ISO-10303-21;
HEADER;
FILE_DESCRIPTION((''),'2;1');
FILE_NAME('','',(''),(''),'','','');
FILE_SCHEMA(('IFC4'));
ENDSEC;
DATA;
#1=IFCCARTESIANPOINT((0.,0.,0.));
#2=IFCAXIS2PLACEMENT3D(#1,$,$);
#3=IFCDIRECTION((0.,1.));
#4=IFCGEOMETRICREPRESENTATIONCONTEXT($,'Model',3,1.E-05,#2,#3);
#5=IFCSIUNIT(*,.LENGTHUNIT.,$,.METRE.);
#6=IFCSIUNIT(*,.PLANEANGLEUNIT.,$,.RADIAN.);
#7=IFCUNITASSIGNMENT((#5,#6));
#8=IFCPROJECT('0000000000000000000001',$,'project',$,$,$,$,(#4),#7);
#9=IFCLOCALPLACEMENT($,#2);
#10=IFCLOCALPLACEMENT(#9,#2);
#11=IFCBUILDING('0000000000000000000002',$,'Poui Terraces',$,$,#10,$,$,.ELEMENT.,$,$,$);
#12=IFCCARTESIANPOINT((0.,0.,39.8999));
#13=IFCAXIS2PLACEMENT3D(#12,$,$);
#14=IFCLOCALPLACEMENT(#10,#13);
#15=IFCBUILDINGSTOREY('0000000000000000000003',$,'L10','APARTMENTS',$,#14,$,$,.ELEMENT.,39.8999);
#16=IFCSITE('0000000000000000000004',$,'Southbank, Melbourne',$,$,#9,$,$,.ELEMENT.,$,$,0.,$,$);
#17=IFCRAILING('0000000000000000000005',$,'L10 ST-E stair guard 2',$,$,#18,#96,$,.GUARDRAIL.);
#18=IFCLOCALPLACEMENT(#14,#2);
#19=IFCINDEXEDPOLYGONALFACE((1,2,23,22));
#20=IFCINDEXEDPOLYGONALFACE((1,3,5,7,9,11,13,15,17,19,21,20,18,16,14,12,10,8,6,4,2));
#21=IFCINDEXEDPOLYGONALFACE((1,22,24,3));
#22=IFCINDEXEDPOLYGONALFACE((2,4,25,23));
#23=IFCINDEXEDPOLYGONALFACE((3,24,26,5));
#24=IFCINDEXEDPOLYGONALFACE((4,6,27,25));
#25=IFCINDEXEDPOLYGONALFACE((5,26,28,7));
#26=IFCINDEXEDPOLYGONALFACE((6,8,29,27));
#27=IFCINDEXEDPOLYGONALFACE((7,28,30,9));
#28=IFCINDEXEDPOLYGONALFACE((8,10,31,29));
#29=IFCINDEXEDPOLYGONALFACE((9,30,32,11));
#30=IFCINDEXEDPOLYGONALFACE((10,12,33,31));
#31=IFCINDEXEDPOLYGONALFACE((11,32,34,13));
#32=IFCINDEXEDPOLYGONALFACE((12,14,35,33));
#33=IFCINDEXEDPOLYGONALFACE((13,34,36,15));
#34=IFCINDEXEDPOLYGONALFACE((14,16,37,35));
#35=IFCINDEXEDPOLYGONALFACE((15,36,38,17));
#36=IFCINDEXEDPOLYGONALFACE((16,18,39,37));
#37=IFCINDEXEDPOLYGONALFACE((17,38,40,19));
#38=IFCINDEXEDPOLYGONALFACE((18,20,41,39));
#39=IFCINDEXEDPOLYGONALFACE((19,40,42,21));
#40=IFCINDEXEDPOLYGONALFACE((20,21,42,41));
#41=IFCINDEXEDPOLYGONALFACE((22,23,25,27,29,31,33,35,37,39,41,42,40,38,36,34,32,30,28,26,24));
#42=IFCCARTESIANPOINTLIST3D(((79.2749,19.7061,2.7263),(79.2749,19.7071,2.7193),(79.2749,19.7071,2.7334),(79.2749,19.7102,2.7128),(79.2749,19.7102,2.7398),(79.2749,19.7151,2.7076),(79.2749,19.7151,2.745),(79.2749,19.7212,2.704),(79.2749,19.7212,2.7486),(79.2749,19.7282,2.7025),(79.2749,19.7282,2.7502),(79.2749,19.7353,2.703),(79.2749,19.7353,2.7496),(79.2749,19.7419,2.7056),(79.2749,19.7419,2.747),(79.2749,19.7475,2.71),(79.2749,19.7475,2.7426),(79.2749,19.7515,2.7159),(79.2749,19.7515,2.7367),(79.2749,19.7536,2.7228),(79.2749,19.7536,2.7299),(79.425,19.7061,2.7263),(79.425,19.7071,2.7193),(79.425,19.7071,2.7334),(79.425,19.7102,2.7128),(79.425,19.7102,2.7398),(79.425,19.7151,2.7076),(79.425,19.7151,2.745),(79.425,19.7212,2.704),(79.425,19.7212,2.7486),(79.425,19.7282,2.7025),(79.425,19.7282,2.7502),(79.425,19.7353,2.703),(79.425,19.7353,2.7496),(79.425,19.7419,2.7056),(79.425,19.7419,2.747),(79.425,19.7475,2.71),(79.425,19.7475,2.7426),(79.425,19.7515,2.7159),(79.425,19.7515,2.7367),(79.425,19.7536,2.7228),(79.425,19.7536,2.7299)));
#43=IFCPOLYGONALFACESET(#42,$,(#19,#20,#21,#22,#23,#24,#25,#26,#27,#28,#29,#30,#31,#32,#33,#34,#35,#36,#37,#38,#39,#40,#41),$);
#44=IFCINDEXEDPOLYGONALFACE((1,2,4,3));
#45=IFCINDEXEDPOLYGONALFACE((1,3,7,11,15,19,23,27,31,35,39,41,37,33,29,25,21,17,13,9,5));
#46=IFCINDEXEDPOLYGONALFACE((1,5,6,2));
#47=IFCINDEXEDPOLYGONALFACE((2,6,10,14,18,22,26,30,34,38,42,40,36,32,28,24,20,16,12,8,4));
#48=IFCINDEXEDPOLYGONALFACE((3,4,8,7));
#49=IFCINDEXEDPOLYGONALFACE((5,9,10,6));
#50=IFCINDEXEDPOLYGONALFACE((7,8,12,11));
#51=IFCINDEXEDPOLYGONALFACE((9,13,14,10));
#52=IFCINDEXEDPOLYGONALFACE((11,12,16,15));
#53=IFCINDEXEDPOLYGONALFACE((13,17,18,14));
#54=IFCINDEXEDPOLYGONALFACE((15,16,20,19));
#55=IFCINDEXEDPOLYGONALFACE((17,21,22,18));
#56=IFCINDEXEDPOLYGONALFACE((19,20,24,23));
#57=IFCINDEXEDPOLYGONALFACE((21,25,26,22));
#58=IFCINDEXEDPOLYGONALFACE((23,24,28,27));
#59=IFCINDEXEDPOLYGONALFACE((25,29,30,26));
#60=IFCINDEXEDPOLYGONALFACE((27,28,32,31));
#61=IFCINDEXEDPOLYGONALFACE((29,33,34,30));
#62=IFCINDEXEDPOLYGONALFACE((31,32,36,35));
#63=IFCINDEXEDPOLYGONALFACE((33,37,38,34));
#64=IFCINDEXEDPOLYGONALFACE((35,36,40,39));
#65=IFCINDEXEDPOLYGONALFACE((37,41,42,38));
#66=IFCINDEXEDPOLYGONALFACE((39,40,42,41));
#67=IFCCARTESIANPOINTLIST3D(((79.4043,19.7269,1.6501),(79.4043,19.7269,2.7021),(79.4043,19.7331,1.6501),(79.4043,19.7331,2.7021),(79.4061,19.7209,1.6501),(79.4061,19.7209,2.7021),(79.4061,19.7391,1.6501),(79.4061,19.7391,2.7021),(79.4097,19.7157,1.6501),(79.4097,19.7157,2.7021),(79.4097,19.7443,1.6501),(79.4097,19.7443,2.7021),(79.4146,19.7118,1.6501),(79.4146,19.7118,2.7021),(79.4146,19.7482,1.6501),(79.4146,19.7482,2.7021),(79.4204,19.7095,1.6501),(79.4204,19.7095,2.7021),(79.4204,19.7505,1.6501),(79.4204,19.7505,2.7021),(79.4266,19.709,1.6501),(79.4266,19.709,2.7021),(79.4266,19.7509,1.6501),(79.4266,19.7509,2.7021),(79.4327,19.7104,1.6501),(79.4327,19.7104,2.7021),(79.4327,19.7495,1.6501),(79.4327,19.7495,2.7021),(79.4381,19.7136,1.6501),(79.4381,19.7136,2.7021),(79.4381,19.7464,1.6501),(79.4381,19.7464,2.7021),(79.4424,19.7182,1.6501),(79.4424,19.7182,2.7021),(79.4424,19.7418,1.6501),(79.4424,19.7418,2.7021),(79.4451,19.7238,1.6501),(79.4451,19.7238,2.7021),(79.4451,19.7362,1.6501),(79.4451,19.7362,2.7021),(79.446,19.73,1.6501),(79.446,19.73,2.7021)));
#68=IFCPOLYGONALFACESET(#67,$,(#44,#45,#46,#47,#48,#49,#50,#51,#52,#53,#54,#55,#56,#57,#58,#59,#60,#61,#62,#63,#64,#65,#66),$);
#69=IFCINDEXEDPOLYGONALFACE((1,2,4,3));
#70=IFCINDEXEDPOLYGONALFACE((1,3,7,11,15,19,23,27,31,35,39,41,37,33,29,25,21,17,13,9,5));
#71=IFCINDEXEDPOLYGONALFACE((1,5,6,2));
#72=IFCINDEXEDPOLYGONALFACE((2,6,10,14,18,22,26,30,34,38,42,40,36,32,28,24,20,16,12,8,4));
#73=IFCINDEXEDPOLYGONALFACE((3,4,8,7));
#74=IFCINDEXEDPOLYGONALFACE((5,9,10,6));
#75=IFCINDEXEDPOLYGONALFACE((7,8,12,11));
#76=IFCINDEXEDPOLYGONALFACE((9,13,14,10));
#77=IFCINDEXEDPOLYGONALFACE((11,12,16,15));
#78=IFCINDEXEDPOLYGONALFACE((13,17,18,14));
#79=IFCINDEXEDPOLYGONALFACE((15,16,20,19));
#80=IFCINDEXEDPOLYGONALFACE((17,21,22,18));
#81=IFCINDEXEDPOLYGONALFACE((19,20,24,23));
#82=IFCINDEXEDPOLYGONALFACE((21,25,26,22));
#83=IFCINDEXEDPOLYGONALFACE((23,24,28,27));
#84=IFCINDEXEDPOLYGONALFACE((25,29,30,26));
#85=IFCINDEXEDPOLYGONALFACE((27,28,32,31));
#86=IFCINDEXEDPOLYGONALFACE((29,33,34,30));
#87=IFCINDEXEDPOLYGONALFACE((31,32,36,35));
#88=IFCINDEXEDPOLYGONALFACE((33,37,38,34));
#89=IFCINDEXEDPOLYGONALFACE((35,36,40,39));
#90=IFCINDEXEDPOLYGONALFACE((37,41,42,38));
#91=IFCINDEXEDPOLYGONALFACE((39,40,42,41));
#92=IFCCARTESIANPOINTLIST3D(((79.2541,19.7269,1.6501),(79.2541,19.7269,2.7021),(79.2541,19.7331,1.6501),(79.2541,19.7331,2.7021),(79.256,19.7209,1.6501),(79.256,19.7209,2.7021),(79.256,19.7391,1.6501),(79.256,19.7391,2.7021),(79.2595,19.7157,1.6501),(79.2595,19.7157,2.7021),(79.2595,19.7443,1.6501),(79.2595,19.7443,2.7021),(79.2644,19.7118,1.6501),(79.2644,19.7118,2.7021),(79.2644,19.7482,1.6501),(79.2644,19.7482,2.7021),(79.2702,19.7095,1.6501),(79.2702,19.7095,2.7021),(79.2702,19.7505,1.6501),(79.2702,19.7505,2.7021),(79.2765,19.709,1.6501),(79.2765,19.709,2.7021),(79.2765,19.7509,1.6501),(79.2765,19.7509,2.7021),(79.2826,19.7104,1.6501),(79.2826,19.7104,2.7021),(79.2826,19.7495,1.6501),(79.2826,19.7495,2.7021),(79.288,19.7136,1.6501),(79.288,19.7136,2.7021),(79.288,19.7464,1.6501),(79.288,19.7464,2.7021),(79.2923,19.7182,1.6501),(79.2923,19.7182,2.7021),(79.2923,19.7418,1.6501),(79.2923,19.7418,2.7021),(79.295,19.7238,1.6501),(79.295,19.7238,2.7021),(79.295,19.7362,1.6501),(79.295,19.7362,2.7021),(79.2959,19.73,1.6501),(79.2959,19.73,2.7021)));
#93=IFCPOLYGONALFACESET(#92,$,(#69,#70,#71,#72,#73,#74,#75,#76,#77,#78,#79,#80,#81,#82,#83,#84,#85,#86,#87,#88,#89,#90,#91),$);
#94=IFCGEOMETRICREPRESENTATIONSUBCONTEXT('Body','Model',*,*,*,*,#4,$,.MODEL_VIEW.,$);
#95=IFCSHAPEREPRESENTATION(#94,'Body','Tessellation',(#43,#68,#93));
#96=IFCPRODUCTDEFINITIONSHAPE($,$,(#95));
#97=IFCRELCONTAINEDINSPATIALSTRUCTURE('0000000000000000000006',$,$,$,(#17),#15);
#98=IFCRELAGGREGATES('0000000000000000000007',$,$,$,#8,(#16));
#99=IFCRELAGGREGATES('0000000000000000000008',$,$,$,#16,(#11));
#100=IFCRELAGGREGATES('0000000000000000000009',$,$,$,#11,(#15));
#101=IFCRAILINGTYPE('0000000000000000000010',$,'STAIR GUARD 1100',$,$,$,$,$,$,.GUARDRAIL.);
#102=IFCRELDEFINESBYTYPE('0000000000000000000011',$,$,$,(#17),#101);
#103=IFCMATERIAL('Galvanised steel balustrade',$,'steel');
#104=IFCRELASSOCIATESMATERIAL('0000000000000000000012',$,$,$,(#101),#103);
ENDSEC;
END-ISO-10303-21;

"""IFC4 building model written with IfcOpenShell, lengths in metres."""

from ifc_helpers import new_model, si_unit, direction, frame, origin, origin_2d, place, context, subcontext, project, spatial, circle, extrude, material, type_object, element, save


model = new_model("IFC4")

# Units and contexts
model_context = context("Model", 3, precision=1e-05, world=origin(), true_north=direction((0.0, 1.0)))
body_context = subcontext(model_context, "Body", "Model", "MODEL_VIEW")
ifc_project = project(units=[si_unit("LENGTHUNIT", "METRE"), si_unit("PLANEANGLEUNIT", "RADIAN")], contexts=[model_context])

# Site, building, storey
site_placement = place(None, origin())
site = spatial("IfcSite", under=ifc_project, at=site_placement, Name="Southbank, Melbourne", CompositionType="ELEMENT", RefElevation=0.0)
building_placement = place(site_placement, origin())
building = spatial("IfcBuilding", under=site, at=building_placement, Name="Poui Terraces", CompositionType="ELEMENT")
storey_placement = place(building_placement, frame((0.0, 0.0, 39.8999)))
storey = spatial("IfcBuildingStorey", under=building, at=storey_placement, Name="L10", Description="APARTMENTS", CompositionType="ELEMENT", Elevation=39.8999)

# Railing
ifc_material_1 = material(Name="Galvanised steel balustrade", Category="steel")
railing_type_1 = type_object("IfcRailingType", Name="STAIR GUARD 1100", PredefinedType="GUARDRAIL", material=ifc_material_1)
railing_1_placement = place(storey_placement, frame((79.425, 19.73, 1.6501)))
element("IfcRailing", 1, at=railing_1_placement, inside=storey, type_object=railing_type_1, Name="L10 ST-E stair guard 2", PredefinedType="GUARDRAIL", context=body_context, shape_type="SweptSolid", body=[
    extrude(circle(Radius=0.0239, at=origin_2d()), frame((0.0, 0.0, 1.0762), z_axis=(-1.0, 0.0, 0.0), x_axis=(0.0, -1.0, 0.0)), (0.0, 0.0, 1.0), 0.1501),
    extrude(circle(Radius=0.021, at=origin_2d()), origin(), (0.0, 0.0, 1.0), 1.052),
    extrude(circle(Radius=0.021, at=origin_2d()), frame((-0.1501, 0.0, 0.0)), (0.0, 0.0, 1.0), 1.052),
])

save(model, "model.ifc")
